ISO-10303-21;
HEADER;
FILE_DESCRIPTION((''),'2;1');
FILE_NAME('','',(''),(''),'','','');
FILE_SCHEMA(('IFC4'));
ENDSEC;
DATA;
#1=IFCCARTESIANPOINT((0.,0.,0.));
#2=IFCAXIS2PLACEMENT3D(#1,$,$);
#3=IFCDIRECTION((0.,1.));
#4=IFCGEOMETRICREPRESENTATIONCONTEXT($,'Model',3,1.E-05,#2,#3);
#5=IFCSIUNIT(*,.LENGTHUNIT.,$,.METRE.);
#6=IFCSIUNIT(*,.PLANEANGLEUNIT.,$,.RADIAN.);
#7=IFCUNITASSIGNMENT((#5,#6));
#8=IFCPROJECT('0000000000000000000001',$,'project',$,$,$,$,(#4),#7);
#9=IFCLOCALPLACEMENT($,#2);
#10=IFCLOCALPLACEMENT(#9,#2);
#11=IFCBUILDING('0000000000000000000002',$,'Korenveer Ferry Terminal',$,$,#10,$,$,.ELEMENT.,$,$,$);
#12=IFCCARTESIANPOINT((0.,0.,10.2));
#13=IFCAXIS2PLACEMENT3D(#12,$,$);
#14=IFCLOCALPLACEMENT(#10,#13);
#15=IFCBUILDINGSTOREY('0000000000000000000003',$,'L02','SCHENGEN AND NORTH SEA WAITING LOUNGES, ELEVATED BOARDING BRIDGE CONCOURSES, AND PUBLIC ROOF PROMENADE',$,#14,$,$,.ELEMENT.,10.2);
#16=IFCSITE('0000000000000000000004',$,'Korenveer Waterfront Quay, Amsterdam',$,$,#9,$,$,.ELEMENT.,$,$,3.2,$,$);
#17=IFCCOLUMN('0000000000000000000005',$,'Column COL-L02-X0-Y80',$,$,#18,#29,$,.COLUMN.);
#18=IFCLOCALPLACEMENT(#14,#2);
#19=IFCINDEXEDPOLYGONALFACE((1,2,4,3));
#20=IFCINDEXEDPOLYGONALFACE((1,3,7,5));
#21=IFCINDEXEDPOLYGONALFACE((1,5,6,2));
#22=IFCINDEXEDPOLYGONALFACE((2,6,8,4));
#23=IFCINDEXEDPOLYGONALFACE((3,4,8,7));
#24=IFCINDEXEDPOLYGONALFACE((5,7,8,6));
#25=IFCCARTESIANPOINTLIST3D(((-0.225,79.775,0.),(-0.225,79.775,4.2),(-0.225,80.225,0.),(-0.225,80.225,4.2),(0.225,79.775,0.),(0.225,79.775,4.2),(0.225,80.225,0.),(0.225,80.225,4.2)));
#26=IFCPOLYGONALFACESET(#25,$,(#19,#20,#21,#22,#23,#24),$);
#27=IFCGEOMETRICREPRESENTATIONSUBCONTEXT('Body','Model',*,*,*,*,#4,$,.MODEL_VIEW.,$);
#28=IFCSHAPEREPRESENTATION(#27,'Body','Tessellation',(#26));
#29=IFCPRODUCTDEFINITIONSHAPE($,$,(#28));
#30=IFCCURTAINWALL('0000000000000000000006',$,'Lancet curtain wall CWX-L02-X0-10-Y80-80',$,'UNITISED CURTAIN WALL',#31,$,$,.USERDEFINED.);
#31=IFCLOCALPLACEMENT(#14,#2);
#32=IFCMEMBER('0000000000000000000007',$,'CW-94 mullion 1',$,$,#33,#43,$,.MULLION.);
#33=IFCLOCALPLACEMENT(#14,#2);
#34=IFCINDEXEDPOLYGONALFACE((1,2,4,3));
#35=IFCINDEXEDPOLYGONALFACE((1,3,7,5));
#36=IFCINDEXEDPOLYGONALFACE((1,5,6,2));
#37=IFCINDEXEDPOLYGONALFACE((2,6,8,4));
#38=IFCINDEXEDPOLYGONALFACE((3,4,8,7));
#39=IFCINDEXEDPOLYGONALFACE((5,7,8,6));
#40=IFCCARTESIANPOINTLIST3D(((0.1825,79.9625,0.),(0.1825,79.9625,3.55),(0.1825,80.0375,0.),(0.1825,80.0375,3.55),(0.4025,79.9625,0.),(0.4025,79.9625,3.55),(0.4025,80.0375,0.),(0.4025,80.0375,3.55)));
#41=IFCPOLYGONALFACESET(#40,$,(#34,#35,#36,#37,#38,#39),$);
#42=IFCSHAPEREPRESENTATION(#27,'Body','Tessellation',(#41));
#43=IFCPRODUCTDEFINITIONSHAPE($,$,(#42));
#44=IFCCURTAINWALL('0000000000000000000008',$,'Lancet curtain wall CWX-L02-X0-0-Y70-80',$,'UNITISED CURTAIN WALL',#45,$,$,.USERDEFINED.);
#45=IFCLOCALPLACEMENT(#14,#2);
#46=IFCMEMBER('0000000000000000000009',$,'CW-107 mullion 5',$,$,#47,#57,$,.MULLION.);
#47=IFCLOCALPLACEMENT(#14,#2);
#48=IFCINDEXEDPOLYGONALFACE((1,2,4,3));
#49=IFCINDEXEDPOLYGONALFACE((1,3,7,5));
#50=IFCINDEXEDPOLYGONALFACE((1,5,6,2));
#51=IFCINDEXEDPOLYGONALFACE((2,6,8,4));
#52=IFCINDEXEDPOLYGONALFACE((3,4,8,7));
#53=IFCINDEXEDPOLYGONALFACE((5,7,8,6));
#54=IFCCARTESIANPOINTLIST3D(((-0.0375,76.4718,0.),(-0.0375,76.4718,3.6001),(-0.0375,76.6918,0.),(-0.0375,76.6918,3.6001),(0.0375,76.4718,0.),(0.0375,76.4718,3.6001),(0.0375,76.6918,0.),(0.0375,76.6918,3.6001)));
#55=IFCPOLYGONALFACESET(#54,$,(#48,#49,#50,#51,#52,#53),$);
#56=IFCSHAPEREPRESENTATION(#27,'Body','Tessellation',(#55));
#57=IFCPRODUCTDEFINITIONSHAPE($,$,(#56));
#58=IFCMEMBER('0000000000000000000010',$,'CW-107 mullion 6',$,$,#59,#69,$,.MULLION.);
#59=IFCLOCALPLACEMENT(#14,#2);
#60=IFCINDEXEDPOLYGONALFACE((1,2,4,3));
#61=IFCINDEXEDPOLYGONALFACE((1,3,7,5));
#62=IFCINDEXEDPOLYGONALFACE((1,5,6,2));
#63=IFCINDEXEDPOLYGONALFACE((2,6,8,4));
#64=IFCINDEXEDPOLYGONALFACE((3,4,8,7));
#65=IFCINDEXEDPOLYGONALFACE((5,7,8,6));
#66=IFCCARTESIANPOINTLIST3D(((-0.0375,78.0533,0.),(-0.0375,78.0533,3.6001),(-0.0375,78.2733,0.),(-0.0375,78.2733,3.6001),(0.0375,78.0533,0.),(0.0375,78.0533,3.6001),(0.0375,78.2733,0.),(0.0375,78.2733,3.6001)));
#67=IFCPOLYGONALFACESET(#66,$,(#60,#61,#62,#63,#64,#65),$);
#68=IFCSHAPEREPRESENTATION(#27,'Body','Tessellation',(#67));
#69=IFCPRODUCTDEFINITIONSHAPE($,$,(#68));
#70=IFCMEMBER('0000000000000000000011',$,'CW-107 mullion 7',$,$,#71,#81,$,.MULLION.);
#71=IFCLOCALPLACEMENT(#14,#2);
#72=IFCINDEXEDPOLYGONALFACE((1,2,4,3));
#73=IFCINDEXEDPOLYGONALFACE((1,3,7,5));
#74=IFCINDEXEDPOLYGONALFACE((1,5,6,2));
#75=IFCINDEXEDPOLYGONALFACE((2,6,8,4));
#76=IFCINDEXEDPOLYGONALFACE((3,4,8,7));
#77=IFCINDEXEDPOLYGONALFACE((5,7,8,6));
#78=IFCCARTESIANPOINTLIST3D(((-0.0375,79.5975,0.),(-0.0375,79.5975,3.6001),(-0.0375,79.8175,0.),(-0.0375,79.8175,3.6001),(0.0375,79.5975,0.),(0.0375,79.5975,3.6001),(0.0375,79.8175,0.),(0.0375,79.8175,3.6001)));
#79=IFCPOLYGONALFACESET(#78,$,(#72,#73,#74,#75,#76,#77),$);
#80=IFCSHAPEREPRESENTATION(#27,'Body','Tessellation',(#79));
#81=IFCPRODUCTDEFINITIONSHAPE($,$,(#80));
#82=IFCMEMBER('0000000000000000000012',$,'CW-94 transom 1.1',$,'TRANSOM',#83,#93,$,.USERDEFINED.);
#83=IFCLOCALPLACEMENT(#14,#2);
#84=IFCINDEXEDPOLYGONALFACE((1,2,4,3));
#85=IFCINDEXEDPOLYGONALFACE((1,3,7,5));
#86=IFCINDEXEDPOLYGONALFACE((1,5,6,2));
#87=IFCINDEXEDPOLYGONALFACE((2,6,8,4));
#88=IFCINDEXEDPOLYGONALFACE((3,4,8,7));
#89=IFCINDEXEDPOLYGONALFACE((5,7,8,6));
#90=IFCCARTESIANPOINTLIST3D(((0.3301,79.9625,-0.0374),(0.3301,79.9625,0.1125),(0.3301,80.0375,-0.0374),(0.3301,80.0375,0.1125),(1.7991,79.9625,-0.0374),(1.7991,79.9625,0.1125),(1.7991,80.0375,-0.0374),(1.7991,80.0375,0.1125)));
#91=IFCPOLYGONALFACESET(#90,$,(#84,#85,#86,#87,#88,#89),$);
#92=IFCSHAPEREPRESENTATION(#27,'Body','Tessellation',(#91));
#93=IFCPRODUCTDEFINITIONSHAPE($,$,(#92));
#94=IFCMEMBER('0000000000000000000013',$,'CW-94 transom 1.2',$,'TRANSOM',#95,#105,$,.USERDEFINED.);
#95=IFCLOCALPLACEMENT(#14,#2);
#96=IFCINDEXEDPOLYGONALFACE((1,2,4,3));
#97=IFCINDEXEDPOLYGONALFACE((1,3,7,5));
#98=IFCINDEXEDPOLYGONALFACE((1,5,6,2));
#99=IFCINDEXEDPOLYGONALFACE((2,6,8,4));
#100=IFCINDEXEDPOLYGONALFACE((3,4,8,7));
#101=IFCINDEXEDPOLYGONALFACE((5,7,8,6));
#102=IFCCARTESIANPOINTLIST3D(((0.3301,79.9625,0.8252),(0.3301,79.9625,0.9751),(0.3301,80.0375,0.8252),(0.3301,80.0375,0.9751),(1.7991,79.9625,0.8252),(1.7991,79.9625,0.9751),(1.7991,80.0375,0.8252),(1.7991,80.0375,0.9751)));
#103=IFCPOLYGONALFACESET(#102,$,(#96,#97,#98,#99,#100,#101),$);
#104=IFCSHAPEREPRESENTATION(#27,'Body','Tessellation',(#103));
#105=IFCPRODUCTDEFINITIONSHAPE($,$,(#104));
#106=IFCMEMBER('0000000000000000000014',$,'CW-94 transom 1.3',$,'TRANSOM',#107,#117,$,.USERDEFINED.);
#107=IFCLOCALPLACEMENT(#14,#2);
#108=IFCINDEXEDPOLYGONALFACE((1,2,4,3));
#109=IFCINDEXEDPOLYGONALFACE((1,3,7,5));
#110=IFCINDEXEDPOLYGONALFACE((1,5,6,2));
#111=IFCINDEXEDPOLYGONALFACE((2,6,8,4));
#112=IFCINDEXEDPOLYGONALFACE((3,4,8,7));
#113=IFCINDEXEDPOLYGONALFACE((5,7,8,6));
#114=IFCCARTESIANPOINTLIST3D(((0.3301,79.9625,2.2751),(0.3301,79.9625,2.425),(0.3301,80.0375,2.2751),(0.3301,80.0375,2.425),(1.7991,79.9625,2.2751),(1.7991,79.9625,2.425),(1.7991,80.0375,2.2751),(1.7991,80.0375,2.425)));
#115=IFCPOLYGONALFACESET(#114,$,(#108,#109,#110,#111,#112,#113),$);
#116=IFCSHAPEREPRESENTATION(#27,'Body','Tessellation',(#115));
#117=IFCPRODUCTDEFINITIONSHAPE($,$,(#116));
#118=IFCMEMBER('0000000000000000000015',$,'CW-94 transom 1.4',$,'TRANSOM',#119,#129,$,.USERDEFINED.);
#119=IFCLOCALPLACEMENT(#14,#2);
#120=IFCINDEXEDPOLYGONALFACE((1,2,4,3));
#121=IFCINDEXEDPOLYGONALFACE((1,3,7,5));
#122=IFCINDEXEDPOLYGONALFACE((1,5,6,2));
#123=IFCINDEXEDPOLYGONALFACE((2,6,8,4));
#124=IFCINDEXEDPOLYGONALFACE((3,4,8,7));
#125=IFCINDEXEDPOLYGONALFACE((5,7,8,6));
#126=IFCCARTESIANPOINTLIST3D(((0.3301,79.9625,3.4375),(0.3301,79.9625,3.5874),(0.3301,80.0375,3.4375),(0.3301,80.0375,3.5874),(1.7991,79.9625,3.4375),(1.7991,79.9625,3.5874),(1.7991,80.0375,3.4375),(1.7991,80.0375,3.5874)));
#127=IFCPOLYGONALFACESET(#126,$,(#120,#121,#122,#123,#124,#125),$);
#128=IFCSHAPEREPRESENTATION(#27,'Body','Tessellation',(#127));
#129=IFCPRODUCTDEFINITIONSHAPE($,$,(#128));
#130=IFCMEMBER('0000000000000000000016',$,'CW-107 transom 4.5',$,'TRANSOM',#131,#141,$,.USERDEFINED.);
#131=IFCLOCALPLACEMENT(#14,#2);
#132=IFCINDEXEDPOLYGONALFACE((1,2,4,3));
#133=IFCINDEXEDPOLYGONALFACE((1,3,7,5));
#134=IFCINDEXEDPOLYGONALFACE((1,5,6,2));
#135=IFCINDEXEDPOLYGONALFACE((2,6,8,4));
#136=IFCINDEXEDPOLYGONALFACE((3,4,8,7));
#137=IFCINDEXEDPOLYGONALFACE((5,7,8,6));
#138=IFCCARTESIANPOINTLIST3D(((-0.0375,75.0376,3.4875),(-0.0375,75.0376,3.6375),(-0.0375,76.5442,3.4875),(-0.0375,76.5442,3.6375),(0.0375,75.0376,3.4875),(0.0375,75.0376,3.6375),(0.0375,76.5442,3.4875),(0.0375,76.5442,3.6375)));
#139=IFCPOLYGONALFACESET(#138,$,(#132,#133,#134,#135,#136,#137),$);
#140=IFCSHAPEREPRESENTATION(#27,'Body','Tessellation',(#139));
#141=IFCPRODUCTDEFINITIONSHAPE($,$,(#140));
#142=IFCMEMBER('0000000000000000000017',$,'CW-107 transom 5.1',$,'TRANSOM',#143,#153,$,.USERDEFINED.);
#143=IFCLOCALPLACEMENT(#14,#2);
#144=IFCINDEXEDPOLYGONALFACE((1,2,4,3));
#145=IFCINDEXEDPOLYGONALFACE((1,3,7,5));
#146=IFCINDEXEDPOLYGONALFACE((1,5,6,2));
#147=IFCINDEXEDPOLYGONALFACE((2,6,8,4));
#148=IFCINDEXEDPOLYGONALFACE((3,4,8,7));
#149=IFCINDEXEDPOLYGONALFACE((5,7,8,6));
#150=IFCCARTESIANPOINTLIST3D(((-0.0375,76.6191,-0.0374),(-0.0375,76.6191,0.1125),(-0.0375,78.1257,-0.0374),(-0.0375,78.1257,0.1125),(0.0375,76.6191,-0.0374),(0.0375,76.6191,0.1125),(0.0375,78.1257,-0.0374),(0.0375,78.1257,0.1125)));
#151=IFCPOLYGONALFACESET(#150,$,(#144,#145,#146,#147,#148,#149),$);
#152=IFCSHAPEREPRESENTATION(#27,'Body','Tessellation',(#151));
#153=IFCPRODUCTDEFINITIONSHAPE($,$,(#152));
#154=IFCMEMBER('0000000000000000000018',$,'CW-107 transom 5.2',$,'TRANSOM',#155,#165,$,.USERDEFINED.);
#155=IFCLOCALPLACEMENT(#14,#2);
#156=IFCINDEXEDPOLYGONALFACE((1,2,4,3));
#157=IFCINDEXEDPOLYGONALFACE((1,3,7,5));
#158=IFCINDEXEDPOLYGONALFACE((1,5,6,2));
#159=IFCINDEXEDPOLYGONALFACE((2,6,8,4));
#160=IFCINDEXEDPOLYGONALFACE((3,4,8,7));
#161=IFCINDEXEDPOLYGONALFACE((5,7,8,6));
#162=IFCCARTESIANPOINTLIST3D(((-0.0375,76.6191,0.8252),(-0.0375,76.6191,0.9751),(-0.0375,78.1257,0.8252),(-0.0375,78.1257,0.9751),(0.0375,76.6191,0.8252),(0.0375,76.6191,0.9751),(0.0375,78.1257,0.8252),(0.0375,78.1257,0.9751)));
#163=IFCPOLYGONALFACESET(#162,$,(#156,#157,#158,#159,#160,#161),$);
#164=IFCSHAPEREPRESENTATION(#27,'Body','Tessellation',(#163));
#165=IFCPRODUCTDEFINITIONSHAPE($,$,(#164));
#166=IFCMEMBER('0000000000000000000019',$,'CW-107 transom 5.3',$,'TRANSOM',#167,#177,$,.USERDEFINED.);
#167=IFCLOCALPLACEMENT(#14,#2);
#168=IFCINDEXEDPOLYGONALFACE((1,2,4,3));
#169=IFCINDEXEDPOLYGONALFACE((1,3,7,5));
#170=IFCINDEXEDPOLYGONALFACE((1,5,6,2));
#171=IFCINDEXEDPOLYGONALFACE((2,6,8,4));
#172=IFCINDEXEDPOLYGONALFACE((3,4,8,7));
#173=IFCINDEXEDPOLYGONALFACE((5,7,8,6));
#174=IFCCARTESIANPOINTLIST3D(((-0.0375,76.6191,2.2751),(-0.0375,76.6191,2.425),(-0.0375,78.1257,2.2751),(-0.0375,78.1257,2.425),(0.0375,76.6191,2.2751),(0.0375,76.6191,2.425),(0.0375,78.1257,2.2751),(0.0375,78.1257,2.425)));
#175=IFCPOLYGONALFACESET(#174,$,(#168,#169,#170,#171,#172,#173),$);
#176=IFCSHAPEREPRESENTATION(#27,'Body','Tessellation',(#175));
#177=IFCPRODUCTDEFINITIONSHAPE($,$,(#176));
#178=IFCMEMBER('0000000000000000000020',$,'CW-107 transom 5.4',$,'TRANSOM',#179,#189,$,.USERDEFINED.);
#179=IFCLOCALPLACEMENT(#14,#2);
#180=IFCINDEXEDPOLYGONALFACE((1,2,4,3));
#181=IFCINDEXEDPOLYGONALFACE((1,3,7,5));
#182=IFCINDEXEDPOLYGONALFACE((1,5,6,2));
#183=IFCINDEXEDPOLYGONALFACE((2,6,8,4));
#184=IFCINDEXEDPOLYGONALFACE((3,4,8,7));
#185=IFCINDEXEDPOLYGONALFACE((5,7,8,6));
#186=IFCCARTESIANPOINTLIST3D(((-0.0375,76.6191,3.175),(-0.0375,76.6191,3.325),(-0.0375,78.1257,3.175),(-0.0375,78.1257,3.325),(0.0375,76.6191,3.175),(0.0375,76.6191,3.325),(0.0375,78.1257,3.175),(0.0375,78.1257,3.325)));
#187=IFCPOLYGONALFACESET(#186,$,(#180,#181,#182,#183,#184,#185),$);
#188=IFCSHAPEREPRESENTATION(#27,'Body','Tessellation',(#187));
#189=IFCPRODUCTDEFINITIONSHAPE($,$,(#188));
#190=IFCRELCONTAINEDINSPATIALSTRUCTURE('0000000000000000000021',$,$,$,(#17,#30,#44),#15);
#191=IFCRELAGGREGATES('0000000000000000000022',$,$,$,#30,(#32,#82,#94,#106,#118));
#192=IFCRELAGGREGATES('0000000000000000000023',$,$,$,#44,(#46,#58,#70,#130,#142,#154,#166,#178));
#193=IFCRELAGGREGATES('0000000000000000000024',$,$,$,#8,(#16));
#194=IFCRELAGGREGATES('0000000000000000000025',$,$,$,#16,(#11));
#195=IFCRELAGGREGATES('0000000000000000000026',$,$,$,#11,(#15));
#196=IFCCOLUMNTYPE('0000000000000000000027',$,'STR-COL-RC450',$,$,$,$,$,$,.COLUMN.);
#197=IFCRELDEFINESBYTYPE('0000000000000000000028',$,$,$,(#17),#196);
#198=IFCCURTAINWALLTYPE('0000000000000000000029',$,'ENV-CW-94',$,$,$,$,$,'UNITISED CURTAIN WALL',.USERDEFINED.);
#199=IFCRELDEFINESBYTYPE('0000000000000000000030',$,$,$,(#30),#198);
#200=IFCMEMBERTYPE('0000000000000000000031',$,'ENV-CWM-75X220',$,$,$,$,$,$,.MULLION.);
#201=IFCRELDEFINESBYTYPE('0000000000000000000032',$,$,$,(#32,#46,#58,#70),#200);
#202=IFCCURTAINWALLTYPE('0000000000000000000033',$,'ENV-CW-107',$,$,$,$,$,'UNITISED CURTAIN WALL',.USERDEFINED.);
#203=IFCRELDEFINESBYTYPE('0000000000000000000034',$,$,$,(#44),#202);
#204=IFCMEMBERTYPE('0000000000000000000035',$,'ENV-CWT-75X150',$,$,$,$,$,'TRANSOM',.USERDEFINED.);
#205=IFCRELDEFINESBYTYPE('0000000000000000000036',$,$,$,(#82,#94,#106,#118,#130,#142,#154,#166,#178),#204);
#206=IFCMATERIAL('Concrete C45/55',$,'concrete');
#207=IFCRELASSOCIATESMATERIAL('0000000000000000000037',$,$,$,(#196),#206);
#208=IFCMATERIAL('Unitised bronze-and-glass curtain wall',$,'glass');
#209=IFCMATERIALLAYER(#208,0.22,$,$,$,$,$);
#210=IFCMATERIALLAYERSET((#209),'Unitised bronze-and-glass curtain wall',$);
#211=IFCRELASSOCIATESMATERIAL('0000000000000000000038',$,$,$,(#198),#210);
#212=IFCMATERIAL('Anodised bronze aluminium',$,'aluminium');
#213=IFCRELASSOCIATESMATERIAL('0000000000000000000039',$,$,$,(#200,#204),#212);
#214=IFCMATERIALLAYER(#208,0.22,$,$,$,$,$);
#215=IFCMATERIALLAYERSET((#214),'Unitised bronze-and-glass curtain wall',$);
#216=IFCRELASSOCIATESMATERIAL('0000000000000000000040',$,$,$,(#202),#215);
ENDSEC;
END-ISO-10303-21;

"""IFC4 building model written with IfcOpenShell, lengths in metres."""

from ifc_helpers import new_model, si_unit, direction, frame, origin, origin_2d, place, context, subcontext, project, spatial, rectangle, extrude, material, layer, layer_set, material_profile, profile_set, type_object, element, aggregate, save


model = new_model("IFC4")

# Units and contexts
model_context = context("Model", 3, precision=1e-05, world=origin(), true_north=direction((0.0, 1.0)))
body_context = subcontext(model_context, "Body", "Model", "MODEL_VIEW")
ifc_project = project(units=[si_unit("LENGTHUNIT", "METRE"), si_unit("PLANEANGLEUNIT", "RADIAN")], contexts=[model_context])

# Site, building, storey
site_placement = place(None, origin())
site = spatial("IfcSite", under=ifc_project, at=site_placement, Name="Korenveer Waterfront Quay, Amsterdam", CompositionType="ELEMENT", RefElevation=3.2)
building_placement = place(site_placement, origin())
building = spatial("IfcBuilding", under=site, at=building_placement, Name="Korenveer Ferry Terminal", CompositionType="ELEMENT")
storey_placement = place(building_placement, frame((0.0, 0.0, 10.2)))
storey = spatial("IfcBuildingStorey", under=building, at=storey_placement, Name="L02", Description="SCHENGEN AND NORTH SEA WAITING LOUNGES, ELEVATED BOARDING BRIDGE CONCOURSES, AND PUBLIC ROOF PROMENADE", CompositionType="ELEMENT", Elevation=10.2)

# Column
ifc_material_1 = material(Name="Concrete C45/55", Category="concrete")
ifc_material_profile_1 = material_profile(ifc_material_1, rectangle(XDim=0.45, YDim=0.45, at=origin_2d()), Name="RC 450x450")
ifc_profile_set_1 = profile_set([ifc_material_profile_1], Name="Concrete C45/55")
column_type = type_object("IfcColumnType", Name="STR-COL-RC450", PredefinedType="COLUMN", material=ifc_profile_set_1)
column_placement = place(storey_placement, frame((0.0, 80.0, 0.0), z_axis=(0.0, 0.0, 1.0), x_axis=(1.0, 0.0, 0.0)))
element("IfcColumn", 1, at=column_placement, inside=storey, type_object=column_type, Name="Column COL-L02-X0-Y80", PredefinedType="COLUMN", context=body_context, shape_type="SweptSolid", body=[
    extrude(rectangle(XDim=0.45, YDim=0.45, at=origin_2d()), origin(), (0.0, 0.0, 1.0), 4.2),
])

# Curtain wall, member
ifc_material_2 = material(Name="Unitised bronze-and-glass curtain wall", Category="glass")
ifc_layer_1 = layer(ifc_material_2, 0.22)
ifc_layer_set_1 = layer_set([ifc_layer_1], Name="Unitised bronze-and-glass curtain wall")
curtain_wall_type_1 = type_object("IfcCurtainWallType", Name="ENV-CW-94", ElementType="UNITISED CURTAIN WALL", PredefinedType="USERDEFINED", material=ifc_layer_set_1)
curtain_wall_1_placement = place(storey_placement, frame((0.2549, 80.0, 0.0)))
curtain_wall_1 = element("IfcCurtainWall", 2, at=curtain_wall_1_placement, inside=storey, type_object=curtain_wall_type_1, Name="Lancet curtain wall CWX-L02-X0-10-Y80-80", ObjectType="UNITISED CURTAIN WALL", PredefinedType="USERDEFINED")
ifc_material_3 = material(Name="Anodised bronze aluminium", Category="aluminium")
ifc_material_profile_2 = material_profile(ifc_material_3, rectangle(XDim=0.075, YDim=0.22, at=origin_2d()), Name="ALU 75x220")
ifc_profile_set_2 = profile_set([ifc_material_profile_2], Name="Anodised bronze aluminium")
member_type_1 = type_object("IfcMemberType", Name="ENV-CWM-75X220", PredefinedType="MULLION", material=ifc_profile_set_2)
member_1_placement = place(storey_placement, frame((0.2925, 80.0, 0.0), z_axis=(0.0, 0.0, 1.0), x_axis=(0.0, 1.0, 0.0)))
member_1 = element("IfcMember", 3, at=member_1_placement, type_object=member_type_1, Name="CW-94 mullion 1", PredefinedType="MULLION", context=body_context, shape_type="SweptSolid", body=[
    extrude(rectangle(XDim=0.075, YDim=0.22, at=origin_2d()), origin(), (0.0, 0.0, 1.0), 3.55),
])

# Curtain wall, members
ifc_layer_2 = layer(ifc_material_2, 0.22)
ifc_layer_set_2 = layer_set([ifc_layer_2], Name="Unitised bronze-and-glass curtain wall")
curtain_wall_type_2 = type_object("IfcCurtainWallType", Name="ENV-CW-107", ElementType="UNITISED CURTAIN WALL", PredefinedType="USERDEFINED", material=ifc_layer_set_2)
curtain_wall_2_placement = place(storey_placement, frame((0.0, 70.2549, 0.0)))
curtain_wall_2 = element("IfcCurtainWall", 4, at=curtain_wall_2_placement, inside=storey, type_object=curtain_wall_type_2, Name="Lancet curtain wall CWX-L02-X0-0-Y70-80", ObjectType="UNITISED CURTAIN WALL", PredefinedType="USERDEFINED")
member_2_placement = place(storey_placement, frame((0.0, 76.5818, 0.0), z_axis=(0.0, 0.0, 1.0), x_axis=(-1.0, 0.0, 0.0)))
member_2 = element("IfcMember", 5, at=member_2_placement, type_object=member_type_1, Name="CW-107 mullion 5", PredefinedType="MULLION", context=body_context, shape_type="SweptSolid", body=[
    extrude(rectangle(XDim=0.075, YDim=0.22, at=origin_2d()), origin(), (0.0, 0.0, 1.0), 3.6001),
])
member_3_placement = place(storey_placement, frame((0.0, 78.1633, 0.0), z_axis=(0.0, 0.0, 1.0), x_axis=(-1.0, 0.0, 0.0)))
member_3 = element("IfcMember", 6, at=member_3_placement, type_object=member_type_1, Name="CW-107 mullion 6", PredefinedType="MULLION", context=body_context, shape_type="SweptSolid", body=[
    extrude(rectangle(XDim=0.075, YDim=0.22, at=origin_2d()), origin(), (0.0, 0.0, 1.0), 3.6001),
])
member_4_placement = place(storey_placement, frame((0.0, 79.7075, 0.0), z_axis=(0.0, 0.0, 1.0), x_axis=(-1.0, 0.0, 0.0)))
member_4 = element("IfcMember", 7, at=member_4_placement, type_object=member_type_1, Name="CW-107 mullion 7", PredefinedType="MULLION", context=body_context, shape_type="SweptSolid", body=[
    extrude(rectangle(XDim=0.075, YDim=0.22, at=origin_2d()), origin(), (0.0, 0.0, 1.0), 3.6001),
])

# Members
ifc_material_profile_3 = material_profile(ifc_material_3, rectangle(XDim=0.075, YDim=0.1499, at=origin_2d()), Name="ALU 75x150")
ifc_profile_set_3 = profile_set([ifc_material_profile_3], Name="Anodised bronze aluminium")
member_type_2 = type_object("IfcMemberType", Name="ENV-CWT-75X150", ElementType="TRANSOM", PredefinedType="USERDEFINED", material=ifc_profile_set_3)
member_5_placement = place(storey_placement, frame((0.3301, 80.0, 0.0376), z_axis=(1.0, 0.0, 0.0), x_axis=(0.0, 1.0, 0.0)))
member_5 = element("IfcMember", 8, at=member_5_placement, type_object=member_type_2, Name="CW-94 transom 1.1", ObjectType="TRANSOM", PredefinedType="USERDEFINED", context=body_context, shape_type="SweptSolid", body=[
    extrude(rectangle(XDim=0.075, YDim=0.1499, at=origin_2d()), origin(), (0.0, 0.0, 1.0), 1.469),
])
member_6_placement = place(storey_placement, frame((0.3301, 80.0, 0.9001), z_axis=(1.0, 0.0, 0.0), x_axis=(0.0, 1.0, 0.0)))
member_6 = element("IfcMember", 9, at=member_6_placement, type_object=member_type_2, Name="CW-94 transom 1.2", ObjectType="TRANSOM", PredefinedType="USERDEFINED", context=body_context, shape_type="SweptSolid", body=[
    extrude(rectangle(XDim=0.075, YDim=0.1499, at=origin_2d()), origin(), (0.0, 0.0, 1.0), 1.469),
])
member_7_placement = place(storey_placement, frame((0.3301, 80.0, 2.3501), z_axis=(1.0, 0.0, 0.0), x_axis=(0.0, 1.0, 0.0)))
member_7 = element("IfcMember", 10, at=member_7_placement, type_object=member_type_2, Name="CW-94 transom 1.3", ObjectType="TRANSOM", PredefinedType="USERDEFINED", context=body_context, shape_type="SweptSolid", body=[
    extrude(rectangle(XDim=0.075, YDim=0.1499, at=origin_2d()), origin(), (0.0, 0.0, 1.0), 1.469),
])
member_8_placement = place(storey_placement, frame((0.3301, 80.0, 3.5125), z_axis=(1.0, 0.0, 0.0), x_axis=(0.0, 1.0, 0.0)))
member_8 = element("IfcMember", 11, at=member_8_placement, type_object=member_type_2, Name="CW-94 transom 1.4", ObjectType="TRANSOM", PredefinedType="USERDEFINED", context=body_context, shape_type="SweptSolid", body=[
    extrude(rectangle(XDim=0.075, YDim=0.1499, at=origin_2d()), origin(), (0.0, 0.0, 1.0), 1.469),
])
member_9_placement = place(storey_placement, frame((0.0, 75.0376, 3.5625), z_axis=(0.0, 1.0, 0.0), x_axis=(-1.0, 0.0, 0.0)))
member_9 = element("IfcMember", 12, at=member_9_placement, type_object=member_type_2, Name="CW-107 transom 4.5", ObjectType="TRANSOM", PredefinedType="USERDEFINED", context=body_context, shape_type="SweptSolid", body=[
    extrude(rectangle(XDim=0.075, YDim=0.1499, at=origin_2d()), origin(), (0.0, 0.0, 1.0), 1.5066),
])
member_10_placement = place(storey_placement, frame((0.0, 76.6191, 0.0376), z_axis=(0.0, 1.0, 0.0), x_axis=(-1.0, 0.0, 0.0)))
member_10 = element("IfcMember", 13, at=member_10_placement, type_object=member_type_2, Name="CW-107 transom 5.1", ObjectType="TRANSOM", PredefinedType="USERDEFINED", context=body_context, shape_type="SweptSolid", body=[
    extrude(rectangle(XDim=0.075, YDim=0.1499, at=origin_2d()), origin(), (0.0, 0.0, 1.0), 1.5066),
])
member_11_placement = place(storey_placement, frame((0.0, 76.6191, 0.9001), z_axis=(0.0, 1.0, 0.0), x_axis=(-1.0, 0.0, 0.0)))
member_11 = element("IfcMember", 14, at=member_11_placement, type_object=member_type_2, Name="CW-107 transom 5.2", ObjectType="TRANSOM", PredefinedType="USERDEFINED", context=body_context, shape_type="SweptSolid", body=[
    extrude(rectangle(XDim=0.075, YDim=0.1499, at=origin_2d()), origin(), (0.0, 0.0, 1.0), 1.5066),
])
member_12_placement = place(storey_placement, frame((0.0, 76.6191, 2.3501), z_axis=(0.0, 1.0, 0.0), x_axis=(-1.0, 0.0, 0.0)))
member_12 = element("IfcMember", 15, at=member_12_placement, type_object=member_type_2, Name="CW-107 transom 5.3", ObjectType="TRANSOM", PredefinedType="USERDEFINED", context=body_context, shape_type="SweptSolid", body=[
    extrude(rectangle(XDim=0.075, YDim=0.1499, at=origin_2d()), origin(), (0.0, 0.0, 1.0), 1.5066),
])
member_13_placement = place(storey_placement, frame((0.0, 76.6191, 3.25), z_axis=(0.0, 1.0, 0.0), x_axis=(-1.0, 0.0, 0.0)))
member_13 = element("IfcMember", 16, at=member_13_placement, type_object=member_type_2, Name="CW-107 transom 5.4", ObjectType="TRANSOM", PredefinedType="USERDEFINED", context=body_context, shape_type="SweptSolid", body=[
    extrude(rectangle(XDim=0.075, YDim=0.1499, at=origin_2d()), origin(), (0.0, 0.0, 1.0), 1.5066),
])

aggregate(curtain_wall_1, [member_1, member_5, member_6, member_7, member_8])
aggregate(curtain_wall_2, [member_2, member_3, member_4, member_9, member_10, member_11, member_12, member_13])

save(model, "model.ifc")
